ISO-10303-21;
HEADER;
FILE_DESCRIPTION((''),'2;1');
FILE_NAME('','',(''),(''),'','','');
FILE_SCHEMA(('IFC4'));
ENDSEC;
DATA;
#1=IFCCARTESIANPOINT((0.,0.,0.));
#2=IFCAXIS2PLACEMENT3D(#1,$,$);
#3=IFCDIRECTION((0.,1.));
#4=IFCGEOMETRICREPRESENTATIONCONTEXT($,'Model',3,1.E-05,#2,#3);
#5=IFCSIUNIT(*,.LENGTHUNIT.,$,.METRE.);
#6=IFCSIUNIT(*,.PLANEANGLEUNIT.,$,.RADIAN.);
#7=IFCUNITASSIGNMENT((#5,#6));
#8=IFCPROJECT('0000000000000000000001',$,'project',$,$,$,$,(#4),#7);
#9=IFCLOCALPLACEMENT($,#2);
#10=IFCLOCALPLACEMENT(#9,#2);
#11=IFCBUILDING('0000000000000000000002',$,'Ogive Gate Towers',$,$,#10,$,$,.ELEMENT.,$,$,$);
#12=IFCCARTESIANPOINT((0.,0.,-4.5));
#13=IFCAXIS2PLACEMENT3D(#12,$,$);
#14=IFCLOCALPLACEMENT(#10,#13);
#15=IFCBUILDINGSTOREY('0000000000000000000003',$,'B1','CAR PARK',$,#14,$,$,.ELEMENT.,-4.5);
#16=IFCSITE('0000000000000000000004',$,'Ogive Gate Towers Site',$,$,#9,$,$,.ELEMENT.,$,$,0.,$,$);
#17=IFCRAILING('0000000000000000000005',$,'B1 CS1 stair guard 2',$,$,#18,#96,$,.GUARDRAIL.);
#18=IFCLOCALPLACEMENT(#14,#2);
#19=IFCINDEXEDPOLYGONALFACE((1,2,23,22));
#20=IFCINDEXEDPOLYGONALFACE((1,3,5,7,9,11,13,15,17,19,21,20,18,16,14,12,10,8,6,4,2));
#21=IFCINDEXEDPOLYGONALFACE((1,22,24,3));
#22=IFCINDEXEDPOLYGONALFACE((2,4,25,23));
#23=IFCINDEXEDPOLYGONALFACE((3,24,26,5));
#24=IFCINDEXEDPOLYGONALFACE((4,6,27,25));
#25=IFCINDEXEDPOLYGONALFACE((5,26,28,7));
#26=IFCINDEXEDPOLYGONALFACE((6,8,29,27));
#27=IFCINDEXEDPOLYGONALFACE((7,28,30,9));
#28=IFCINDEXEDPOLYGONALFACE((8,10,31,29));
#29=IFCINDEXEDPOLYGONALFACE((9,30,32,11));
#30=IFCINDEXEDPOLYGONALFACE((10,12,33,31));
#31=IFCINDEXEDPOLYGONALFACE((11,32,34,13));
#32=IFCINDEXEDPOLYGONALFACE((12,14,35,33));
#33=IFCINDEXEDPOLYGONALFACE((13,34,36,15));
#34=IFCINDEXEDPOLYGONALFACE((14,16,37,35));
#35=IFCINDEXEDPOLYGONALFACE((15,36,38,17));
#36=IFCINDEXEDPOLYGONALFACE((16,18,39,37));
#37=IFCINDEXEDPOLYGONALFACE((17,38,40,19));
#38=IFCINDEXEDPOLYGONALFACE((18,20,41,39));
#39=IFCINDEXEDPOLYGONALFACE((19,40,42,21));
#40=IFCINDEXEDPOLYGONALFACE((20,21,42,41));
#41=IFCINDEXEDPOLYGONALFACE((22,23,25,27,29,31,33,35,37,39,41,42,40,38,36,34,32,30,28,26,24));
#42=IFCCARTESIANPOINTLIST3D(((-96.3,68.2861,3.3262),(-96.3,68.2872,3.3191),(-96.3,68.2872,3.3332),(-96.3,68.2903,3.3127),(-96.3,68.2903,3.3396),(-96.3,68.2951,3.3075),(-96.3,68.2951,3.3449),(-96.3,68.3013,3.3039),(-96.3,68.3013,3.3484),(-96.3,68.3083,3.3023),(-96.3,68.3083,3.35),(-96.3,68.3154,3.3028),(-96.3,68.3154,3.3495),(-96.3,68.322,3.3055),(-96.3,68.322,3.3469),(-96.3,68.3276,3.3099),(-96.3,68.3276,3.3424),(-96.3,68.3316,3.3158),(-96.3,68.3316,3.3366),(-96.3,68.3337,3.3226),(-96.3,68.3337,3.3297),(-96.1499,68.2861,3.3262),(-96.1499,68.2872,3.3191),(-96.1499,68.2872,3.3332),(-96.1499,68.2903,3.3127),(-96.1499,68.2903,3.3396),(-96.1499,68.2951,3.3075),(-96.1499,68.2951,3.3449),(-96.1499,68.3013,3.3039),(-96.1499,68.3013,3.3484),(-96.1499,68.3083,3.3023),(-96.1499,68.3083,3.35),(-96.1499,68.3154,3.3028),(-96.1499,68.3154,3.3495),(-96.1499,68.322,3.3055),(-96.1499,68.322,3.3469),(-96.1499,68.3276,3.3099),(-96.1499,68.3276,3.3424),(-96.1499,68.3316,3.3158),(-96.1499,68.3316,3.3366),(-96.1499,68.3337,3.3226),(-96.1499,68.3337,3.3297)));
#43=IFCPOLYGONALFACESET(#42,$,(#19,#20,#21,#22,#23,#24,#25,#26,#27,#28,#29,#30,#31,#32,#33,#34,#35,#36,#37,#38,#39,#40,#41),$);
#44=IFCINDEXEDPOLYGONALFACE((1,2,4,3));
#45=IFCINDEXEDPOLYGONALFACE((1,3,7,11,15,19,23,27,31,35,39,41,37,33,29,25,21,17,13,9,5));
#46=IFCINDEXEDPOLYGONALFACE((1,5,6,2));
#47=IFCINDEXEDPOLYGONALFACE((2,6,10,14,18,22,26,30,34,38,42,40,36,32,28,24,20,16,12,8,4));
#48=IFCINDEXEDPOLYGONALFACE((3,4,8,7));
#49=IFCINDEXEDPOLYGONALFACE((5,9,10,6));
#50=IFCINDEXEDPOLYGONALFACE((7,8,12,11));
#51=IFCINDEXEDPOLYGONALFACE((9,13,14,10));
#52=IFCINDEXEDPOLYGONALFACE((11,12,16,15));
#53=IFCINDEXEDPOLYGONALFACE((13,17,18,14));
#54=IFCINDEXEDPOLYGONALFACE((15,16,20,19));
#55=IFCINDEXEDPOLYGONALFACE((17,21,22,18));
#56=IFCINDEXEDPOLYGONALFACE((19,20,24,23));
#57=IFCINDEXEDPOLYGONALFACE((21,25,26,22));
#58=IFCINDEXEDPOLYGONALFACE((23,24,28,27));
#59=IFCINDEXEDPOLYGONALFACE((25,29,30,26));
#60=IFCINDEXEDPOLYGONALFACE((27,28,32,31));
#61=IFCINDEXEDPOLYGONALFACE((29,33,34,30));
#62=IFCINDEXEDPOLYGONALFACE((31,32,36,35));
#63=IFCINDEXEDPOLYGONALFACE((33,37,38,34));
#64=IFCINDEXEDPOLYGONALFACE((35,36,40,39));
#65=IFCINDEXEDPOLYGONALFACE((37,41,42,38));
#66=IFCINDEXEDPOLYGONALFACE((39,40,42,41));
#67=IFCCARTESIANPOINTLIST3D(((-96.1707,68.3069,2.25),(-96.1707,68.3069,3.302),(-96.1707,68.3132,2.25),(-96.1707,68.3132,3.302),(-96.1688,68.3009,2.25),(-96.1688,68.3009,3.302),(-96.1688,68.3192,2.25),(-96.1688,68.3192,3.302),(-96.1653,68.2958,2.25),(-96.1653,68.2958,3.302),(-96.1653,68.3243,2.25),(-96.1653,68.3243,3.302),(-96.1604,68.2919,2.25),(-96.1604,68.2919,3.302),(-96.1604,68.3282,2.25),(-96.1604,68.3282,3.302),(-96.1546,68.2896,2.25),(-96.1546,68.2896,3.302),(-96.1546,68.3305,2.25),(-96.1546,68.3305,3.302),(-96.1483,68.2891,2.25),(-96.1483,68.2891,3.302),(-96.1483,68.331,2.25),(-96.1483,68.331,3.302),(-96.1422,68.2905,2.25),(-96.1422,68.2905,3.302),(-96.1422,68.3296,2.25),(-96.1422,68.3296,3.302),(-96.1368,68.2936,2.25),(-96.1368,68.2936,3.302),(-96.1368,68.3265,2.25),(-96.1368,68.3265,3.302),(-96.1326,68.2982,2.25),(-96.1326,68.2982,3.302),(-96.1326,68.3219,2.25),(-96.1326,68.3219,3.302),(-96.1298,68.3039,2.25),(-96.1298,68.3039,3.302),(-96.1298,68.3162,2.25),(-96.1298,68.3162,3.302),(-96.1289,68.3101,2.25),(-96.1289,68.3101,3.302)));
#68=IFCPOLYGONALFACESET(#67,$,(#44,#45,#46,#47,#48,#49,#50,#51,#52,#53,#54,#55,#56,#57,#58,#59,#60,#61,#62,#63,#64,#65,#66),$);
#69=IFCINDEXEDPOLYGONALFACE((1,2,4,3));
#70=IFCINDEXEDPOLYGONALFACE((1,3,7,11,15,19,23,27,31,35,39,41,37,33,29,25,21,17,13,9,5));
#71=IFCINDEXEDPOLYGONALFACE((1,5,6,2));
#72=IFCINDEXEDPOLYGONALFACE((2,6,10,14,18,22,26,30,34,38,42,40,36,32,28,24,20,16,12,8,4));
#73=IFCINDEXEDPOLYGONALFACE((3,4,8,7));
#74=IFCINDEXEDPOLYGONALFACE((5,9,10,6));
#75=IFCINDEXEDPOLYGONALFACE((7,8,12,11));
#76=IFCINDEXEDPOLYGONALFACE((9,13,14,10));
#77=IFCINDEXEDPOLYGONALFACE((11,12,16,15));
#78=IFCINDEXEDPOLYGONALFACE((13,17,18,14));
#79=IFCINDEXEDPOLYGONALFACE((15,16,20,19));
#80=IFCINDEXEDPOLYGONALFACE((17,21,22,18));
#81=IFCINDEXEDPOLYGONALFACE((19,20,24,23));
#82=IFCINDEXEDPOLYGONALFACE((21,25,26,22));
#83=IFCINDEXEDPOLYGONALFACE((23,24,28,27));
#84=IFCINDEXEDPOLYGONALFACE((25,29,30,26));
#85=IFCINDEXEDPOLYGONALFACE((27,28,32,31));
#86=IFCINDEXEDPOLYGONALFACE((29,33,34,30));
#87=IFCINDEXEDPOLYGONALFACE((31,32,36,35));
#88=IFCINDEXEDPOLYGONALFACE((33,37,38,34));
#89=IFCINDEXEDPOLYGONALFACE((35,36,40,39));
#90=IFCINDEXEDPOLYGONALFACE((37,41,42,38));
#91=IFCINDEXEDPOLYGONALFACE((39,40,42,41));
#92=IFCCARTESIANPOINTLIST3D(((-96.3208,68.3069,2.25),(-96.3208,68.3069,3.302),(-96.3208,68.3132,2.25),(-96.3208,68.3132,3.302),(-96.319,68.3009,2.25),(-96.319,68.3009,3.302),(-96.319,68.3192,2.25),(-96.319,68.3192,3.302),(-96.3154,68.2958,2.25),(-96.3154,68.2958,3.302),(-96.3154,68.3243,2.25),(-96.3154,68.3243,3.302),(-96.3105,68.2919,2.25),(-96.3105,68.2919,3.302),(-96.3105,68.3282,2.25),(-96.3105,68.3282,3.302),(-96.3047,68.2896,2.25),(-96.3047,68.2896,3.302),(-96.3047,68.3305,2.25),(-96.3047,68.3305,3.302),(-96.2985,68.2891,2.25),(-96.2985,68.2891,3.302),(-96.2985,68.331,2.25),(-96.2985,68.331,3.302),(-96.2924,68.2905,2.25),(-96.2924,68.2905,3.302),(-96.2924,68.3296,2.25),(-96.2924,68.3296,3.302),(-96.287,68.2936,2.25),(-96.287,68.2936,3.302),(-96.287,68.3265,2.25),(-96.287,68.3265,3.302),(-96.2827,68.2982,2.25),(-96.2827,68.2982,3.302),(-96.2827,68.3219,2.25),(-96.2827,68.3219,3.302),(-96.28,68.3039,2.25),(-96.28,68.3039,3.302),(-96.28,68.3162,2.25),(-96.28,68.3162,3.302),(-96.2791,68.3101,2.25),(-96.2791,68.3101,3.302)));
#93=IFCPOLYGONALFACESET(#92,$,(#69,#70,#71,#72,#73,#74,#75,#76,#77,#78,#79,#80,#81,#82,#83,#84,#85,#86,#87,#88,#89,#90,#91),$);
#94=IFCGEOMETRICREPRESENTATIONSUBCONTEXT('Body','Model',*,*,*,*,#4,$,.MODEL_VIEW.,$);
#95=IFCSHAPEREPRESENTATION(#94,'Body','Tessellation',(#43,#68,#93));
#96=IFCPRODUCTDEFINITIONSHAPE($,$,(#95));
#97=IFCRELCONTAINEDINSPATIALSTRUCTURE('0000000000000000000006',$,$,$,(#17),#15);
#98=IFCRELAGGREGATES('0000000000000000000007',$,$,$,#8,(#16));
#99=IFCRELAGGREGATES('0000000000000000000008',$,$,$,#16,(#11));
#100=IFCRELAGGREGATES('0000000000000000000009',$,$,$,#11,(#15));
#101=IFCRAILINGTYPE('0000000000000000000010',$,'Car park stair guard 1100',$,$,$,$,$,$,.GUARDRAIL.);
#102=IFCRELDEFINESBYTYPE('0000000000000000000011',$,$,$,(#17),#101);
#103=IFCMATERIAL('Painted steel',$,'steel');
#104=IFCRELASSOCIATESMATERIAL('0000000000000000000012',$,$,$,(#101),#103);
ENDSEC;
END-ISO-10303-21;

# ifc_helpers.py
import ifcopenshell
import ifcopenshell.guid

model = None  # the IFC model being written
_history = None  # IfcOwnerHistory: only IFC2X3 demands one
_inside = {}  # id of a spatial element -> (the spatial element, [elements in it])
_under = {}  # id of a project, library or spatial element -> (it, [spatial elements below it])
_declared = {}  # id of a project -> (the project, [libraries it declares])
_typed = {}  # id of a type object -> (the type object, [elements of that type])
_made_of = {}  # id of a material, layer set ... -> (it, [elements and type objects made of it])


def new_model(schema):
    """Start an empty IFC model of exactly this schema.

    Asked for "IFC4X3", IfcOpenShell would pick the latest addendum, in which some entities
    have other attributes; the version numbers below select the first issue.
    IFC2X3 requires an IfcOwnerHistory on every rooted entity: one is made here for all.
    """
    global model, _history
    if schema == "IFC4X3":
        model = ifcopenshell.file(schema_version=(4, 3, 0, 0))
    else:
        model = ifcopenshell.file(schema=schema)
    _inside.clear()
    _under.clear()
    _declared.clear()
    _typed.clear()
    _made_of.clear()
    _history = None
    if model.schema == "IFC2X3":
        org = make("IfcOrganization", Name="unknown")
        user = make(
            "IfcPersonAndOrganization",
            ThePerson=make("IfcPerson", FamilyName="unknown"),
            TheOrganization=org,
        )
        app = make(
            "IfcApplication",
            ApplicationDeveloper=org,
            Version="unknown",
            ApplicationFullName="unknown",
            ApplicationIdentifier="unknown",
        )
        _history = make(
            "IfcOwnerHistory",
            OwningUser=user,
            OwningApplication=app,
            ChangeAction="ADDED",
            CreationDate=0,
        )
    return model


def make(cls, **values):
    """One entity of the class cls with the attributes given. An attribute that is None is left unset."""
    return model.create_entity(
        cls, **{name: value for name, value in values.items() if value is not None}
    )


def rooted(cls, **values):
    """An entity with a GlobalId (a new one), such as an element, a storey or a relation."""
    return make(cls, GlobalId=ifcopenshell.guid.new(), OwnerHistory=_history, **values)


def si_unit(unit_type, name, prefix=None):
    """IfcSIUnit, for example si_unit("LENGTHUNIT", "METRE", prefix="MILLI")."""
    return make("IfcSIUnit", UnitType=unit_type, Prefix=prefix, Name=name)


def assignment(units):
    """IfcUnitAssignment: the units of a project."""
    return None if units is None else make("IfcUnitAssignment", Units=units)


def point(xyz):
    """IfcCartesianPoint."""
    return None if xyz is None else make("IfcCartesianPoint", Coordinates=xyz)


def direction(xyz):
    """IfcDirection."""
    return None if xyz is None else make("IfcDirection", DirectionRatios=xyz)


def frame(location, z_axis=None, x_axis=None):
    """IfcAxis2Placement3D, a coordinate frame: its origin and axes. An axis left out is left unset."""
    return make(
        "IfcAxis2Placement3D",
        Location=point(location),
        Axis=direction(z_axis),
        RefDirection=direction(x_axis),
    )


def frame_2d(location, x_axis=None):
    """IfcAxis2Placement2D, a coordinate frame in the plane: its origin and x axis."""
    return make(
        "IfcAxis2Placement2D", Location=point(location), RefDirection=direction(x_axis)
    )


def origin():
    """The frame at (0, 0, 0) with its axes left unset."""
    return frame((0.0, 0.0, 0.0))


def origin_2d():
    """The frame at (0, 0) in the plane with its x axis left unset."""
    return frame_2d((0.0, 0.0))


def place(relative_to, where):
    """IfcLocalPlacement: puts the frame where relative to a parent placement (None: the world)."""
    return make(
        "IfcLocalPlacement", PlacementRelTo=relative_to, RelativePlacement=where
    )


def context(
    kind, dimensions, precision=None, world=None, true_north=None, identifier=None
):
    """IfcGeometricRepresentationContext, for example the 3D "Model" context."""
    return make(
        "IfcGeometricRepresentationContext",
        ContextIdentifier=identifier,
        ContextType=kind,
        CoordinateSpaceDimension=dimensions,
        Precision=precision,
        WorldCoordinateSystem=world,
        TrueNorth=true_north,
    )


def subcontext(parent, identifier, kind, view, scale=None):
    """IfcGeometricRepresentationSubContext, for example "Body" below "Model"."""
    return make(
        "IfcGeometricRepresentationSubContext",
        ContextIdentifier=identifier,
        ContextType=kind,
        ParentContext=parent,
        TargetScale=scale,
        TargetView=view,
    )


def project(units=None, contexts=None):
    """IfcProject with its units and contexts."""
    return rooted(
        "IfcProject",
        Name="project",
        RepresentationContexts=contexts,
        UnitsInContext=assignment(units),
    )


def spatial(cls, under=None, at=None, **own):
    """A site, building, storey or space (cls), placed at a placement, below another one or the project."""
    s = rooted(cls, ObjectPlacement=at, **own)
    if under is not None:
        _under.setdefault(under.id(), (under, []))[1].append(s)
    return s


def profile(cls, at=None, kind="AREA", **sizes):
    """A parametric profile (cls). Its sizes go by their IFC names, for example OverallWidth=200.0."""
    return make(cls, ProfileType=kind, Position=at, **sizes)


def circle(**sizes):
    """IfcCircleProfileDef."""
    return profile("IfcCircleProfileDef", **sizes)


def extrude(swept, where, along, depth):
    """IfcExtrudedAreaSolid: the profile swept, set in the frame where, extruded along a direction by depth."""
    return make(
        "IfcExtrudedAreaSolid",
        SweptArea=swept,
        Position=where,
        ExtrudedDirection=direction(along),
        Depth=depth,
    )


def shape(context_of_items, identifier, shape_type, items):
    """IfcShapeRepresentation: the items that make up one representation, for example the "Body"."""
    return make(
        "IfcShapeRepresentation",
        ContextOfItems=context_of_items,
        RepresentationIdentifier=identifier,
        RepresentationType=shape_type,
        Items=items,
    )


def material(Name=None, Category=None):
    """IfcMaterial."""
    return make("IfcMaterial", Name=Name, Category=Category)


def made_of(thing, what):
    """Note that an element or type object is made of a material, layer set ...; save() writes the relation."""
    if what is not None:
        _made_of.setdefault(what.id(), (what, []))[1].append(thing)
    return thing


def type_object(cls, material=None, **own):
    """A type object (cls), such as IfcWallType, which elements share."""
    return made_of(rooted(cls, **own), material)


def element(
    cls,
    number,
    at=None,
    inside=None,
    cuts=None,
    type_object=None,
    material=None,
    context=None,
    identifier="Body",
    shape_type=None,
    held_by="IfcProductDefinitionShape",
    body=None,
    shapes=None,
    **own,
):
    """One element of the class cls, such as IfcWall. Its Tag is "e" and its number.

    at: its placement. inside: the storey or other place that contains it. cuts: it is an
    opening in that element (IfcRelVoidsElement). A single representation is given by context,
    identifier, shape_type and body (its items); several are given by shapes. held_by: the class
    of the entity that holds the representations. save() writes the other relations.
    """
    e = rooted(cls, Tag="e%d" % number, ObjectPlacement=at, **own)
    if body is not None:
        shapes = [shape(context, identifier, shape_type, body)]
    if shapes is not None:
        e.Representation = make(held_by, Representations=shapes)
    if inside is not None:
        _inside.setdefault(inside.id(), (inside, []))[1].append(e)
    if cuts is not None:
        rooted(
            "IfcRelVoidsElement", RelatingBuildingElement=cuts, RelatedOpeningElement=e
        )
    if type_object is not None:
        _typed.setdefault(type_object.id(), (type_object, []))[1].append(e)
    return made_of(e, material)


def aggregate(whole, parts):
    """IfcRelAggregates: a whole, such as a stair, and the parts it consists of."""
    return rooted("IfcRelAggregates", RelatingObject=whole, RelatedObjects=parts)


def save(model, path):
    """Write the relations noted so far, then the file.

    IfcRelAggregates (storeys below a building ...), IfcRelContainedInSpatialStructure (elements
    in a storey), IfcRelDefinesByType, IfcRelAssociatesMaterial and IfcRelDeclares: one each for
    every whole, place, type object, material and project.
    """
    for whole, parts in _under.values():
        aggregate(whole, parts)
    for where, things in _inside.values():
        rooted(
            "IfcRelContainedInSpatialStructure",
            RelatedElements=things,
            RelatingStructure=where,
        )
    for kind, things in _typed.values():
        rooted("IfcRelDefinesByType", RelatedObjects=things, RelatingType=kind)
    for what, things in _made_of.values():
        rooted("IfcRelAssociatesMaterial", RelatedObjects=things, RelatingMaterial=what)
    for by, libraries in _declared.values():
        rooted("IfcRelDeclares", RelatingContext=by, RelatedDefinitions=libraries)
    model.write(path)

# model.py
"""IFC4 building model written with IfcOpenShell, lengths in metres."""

from ifc_helpers import new_model, si_unit, direction, frame, origin, origin_2d, place, context, subcontext, project, spatial, circle, extrude, material, type_object, element, save


model = new_model("IFC4")

# Units and contexts
model_context = context("Model", 3, precision=1e-05, world=origin(), true_north=direction((0.0, 1.0)))
body_context = subcontext(model_context, "Body", "Model", "MODEL_VIEW")
ifc_project = project(units=[si_unit("LENGTHUNIT", "METRE"), si_unit("PLANEANGLEUNIT", "RADIAN")], contexts=[model_context])

# Site, building, storey
site_placement = place(None, origin())
site = spatial("IfcSite", under=ifc_project, at=site_placement, Name="Ogive Gate Towers Site", CompositionType="ELEMENT", RefElevation=0.0)
building_placement = place(site_placement, origin())
building = spatial("IfcBuilding", under=site, at=building_placement, Name="Ogive Gate Towers", CompositionType="ELEMENT")
storey_placement = place(building_placement, frame((0.0, 0.0, -4.5)))
storey = spatial("IfcBuildingStorey", under=building, at=storey_placement, Name="B1", Description="CAR PARK", CompositionType="ELEMENT", Elevation=-4.5)

# Railing
ifc_material_1 = material(Name="Painted steel", Category="steel")
railing_type_1 = type_object("IfcRailingType", Name="Car park stair guard 1100", PredefinedType="GUARDRAIL", material=ifc_material_1)
railing_1_placement = place(storey_placement, frame((-96.1499, 68.3101, 2.25)))
element("IfcRailing", 1, at=railing_1_placement, inside=storey, type_object=railing_type_1, Name="B1 CS1 stair guard 2", PredefinedType="GUARDRAIL", context=body_context, shape_type="SweptSolid", body=[
    extrude(circle(Radius=0.0239, at=origin_2d()), frame((0.0, 0.0, 1.0762), z_axis=(-1.0, 0.0, 0.0), x_axis=(0.0, -1.0, 0.0)), (0.0, 0.0, 1.0), 0.1501),
    extrude(circle(Radius=0.021, at=origin_2d()), origin(), (0.0, 0.0, 1.0), 1.052),
    extrude(circle(Radius=0.021, at=origin_2d()), frame((-0.1501, 0.0, 0.0)), (0.0, 0.0, 1.0), 1.052),
])

save(model, "model.ifc")
